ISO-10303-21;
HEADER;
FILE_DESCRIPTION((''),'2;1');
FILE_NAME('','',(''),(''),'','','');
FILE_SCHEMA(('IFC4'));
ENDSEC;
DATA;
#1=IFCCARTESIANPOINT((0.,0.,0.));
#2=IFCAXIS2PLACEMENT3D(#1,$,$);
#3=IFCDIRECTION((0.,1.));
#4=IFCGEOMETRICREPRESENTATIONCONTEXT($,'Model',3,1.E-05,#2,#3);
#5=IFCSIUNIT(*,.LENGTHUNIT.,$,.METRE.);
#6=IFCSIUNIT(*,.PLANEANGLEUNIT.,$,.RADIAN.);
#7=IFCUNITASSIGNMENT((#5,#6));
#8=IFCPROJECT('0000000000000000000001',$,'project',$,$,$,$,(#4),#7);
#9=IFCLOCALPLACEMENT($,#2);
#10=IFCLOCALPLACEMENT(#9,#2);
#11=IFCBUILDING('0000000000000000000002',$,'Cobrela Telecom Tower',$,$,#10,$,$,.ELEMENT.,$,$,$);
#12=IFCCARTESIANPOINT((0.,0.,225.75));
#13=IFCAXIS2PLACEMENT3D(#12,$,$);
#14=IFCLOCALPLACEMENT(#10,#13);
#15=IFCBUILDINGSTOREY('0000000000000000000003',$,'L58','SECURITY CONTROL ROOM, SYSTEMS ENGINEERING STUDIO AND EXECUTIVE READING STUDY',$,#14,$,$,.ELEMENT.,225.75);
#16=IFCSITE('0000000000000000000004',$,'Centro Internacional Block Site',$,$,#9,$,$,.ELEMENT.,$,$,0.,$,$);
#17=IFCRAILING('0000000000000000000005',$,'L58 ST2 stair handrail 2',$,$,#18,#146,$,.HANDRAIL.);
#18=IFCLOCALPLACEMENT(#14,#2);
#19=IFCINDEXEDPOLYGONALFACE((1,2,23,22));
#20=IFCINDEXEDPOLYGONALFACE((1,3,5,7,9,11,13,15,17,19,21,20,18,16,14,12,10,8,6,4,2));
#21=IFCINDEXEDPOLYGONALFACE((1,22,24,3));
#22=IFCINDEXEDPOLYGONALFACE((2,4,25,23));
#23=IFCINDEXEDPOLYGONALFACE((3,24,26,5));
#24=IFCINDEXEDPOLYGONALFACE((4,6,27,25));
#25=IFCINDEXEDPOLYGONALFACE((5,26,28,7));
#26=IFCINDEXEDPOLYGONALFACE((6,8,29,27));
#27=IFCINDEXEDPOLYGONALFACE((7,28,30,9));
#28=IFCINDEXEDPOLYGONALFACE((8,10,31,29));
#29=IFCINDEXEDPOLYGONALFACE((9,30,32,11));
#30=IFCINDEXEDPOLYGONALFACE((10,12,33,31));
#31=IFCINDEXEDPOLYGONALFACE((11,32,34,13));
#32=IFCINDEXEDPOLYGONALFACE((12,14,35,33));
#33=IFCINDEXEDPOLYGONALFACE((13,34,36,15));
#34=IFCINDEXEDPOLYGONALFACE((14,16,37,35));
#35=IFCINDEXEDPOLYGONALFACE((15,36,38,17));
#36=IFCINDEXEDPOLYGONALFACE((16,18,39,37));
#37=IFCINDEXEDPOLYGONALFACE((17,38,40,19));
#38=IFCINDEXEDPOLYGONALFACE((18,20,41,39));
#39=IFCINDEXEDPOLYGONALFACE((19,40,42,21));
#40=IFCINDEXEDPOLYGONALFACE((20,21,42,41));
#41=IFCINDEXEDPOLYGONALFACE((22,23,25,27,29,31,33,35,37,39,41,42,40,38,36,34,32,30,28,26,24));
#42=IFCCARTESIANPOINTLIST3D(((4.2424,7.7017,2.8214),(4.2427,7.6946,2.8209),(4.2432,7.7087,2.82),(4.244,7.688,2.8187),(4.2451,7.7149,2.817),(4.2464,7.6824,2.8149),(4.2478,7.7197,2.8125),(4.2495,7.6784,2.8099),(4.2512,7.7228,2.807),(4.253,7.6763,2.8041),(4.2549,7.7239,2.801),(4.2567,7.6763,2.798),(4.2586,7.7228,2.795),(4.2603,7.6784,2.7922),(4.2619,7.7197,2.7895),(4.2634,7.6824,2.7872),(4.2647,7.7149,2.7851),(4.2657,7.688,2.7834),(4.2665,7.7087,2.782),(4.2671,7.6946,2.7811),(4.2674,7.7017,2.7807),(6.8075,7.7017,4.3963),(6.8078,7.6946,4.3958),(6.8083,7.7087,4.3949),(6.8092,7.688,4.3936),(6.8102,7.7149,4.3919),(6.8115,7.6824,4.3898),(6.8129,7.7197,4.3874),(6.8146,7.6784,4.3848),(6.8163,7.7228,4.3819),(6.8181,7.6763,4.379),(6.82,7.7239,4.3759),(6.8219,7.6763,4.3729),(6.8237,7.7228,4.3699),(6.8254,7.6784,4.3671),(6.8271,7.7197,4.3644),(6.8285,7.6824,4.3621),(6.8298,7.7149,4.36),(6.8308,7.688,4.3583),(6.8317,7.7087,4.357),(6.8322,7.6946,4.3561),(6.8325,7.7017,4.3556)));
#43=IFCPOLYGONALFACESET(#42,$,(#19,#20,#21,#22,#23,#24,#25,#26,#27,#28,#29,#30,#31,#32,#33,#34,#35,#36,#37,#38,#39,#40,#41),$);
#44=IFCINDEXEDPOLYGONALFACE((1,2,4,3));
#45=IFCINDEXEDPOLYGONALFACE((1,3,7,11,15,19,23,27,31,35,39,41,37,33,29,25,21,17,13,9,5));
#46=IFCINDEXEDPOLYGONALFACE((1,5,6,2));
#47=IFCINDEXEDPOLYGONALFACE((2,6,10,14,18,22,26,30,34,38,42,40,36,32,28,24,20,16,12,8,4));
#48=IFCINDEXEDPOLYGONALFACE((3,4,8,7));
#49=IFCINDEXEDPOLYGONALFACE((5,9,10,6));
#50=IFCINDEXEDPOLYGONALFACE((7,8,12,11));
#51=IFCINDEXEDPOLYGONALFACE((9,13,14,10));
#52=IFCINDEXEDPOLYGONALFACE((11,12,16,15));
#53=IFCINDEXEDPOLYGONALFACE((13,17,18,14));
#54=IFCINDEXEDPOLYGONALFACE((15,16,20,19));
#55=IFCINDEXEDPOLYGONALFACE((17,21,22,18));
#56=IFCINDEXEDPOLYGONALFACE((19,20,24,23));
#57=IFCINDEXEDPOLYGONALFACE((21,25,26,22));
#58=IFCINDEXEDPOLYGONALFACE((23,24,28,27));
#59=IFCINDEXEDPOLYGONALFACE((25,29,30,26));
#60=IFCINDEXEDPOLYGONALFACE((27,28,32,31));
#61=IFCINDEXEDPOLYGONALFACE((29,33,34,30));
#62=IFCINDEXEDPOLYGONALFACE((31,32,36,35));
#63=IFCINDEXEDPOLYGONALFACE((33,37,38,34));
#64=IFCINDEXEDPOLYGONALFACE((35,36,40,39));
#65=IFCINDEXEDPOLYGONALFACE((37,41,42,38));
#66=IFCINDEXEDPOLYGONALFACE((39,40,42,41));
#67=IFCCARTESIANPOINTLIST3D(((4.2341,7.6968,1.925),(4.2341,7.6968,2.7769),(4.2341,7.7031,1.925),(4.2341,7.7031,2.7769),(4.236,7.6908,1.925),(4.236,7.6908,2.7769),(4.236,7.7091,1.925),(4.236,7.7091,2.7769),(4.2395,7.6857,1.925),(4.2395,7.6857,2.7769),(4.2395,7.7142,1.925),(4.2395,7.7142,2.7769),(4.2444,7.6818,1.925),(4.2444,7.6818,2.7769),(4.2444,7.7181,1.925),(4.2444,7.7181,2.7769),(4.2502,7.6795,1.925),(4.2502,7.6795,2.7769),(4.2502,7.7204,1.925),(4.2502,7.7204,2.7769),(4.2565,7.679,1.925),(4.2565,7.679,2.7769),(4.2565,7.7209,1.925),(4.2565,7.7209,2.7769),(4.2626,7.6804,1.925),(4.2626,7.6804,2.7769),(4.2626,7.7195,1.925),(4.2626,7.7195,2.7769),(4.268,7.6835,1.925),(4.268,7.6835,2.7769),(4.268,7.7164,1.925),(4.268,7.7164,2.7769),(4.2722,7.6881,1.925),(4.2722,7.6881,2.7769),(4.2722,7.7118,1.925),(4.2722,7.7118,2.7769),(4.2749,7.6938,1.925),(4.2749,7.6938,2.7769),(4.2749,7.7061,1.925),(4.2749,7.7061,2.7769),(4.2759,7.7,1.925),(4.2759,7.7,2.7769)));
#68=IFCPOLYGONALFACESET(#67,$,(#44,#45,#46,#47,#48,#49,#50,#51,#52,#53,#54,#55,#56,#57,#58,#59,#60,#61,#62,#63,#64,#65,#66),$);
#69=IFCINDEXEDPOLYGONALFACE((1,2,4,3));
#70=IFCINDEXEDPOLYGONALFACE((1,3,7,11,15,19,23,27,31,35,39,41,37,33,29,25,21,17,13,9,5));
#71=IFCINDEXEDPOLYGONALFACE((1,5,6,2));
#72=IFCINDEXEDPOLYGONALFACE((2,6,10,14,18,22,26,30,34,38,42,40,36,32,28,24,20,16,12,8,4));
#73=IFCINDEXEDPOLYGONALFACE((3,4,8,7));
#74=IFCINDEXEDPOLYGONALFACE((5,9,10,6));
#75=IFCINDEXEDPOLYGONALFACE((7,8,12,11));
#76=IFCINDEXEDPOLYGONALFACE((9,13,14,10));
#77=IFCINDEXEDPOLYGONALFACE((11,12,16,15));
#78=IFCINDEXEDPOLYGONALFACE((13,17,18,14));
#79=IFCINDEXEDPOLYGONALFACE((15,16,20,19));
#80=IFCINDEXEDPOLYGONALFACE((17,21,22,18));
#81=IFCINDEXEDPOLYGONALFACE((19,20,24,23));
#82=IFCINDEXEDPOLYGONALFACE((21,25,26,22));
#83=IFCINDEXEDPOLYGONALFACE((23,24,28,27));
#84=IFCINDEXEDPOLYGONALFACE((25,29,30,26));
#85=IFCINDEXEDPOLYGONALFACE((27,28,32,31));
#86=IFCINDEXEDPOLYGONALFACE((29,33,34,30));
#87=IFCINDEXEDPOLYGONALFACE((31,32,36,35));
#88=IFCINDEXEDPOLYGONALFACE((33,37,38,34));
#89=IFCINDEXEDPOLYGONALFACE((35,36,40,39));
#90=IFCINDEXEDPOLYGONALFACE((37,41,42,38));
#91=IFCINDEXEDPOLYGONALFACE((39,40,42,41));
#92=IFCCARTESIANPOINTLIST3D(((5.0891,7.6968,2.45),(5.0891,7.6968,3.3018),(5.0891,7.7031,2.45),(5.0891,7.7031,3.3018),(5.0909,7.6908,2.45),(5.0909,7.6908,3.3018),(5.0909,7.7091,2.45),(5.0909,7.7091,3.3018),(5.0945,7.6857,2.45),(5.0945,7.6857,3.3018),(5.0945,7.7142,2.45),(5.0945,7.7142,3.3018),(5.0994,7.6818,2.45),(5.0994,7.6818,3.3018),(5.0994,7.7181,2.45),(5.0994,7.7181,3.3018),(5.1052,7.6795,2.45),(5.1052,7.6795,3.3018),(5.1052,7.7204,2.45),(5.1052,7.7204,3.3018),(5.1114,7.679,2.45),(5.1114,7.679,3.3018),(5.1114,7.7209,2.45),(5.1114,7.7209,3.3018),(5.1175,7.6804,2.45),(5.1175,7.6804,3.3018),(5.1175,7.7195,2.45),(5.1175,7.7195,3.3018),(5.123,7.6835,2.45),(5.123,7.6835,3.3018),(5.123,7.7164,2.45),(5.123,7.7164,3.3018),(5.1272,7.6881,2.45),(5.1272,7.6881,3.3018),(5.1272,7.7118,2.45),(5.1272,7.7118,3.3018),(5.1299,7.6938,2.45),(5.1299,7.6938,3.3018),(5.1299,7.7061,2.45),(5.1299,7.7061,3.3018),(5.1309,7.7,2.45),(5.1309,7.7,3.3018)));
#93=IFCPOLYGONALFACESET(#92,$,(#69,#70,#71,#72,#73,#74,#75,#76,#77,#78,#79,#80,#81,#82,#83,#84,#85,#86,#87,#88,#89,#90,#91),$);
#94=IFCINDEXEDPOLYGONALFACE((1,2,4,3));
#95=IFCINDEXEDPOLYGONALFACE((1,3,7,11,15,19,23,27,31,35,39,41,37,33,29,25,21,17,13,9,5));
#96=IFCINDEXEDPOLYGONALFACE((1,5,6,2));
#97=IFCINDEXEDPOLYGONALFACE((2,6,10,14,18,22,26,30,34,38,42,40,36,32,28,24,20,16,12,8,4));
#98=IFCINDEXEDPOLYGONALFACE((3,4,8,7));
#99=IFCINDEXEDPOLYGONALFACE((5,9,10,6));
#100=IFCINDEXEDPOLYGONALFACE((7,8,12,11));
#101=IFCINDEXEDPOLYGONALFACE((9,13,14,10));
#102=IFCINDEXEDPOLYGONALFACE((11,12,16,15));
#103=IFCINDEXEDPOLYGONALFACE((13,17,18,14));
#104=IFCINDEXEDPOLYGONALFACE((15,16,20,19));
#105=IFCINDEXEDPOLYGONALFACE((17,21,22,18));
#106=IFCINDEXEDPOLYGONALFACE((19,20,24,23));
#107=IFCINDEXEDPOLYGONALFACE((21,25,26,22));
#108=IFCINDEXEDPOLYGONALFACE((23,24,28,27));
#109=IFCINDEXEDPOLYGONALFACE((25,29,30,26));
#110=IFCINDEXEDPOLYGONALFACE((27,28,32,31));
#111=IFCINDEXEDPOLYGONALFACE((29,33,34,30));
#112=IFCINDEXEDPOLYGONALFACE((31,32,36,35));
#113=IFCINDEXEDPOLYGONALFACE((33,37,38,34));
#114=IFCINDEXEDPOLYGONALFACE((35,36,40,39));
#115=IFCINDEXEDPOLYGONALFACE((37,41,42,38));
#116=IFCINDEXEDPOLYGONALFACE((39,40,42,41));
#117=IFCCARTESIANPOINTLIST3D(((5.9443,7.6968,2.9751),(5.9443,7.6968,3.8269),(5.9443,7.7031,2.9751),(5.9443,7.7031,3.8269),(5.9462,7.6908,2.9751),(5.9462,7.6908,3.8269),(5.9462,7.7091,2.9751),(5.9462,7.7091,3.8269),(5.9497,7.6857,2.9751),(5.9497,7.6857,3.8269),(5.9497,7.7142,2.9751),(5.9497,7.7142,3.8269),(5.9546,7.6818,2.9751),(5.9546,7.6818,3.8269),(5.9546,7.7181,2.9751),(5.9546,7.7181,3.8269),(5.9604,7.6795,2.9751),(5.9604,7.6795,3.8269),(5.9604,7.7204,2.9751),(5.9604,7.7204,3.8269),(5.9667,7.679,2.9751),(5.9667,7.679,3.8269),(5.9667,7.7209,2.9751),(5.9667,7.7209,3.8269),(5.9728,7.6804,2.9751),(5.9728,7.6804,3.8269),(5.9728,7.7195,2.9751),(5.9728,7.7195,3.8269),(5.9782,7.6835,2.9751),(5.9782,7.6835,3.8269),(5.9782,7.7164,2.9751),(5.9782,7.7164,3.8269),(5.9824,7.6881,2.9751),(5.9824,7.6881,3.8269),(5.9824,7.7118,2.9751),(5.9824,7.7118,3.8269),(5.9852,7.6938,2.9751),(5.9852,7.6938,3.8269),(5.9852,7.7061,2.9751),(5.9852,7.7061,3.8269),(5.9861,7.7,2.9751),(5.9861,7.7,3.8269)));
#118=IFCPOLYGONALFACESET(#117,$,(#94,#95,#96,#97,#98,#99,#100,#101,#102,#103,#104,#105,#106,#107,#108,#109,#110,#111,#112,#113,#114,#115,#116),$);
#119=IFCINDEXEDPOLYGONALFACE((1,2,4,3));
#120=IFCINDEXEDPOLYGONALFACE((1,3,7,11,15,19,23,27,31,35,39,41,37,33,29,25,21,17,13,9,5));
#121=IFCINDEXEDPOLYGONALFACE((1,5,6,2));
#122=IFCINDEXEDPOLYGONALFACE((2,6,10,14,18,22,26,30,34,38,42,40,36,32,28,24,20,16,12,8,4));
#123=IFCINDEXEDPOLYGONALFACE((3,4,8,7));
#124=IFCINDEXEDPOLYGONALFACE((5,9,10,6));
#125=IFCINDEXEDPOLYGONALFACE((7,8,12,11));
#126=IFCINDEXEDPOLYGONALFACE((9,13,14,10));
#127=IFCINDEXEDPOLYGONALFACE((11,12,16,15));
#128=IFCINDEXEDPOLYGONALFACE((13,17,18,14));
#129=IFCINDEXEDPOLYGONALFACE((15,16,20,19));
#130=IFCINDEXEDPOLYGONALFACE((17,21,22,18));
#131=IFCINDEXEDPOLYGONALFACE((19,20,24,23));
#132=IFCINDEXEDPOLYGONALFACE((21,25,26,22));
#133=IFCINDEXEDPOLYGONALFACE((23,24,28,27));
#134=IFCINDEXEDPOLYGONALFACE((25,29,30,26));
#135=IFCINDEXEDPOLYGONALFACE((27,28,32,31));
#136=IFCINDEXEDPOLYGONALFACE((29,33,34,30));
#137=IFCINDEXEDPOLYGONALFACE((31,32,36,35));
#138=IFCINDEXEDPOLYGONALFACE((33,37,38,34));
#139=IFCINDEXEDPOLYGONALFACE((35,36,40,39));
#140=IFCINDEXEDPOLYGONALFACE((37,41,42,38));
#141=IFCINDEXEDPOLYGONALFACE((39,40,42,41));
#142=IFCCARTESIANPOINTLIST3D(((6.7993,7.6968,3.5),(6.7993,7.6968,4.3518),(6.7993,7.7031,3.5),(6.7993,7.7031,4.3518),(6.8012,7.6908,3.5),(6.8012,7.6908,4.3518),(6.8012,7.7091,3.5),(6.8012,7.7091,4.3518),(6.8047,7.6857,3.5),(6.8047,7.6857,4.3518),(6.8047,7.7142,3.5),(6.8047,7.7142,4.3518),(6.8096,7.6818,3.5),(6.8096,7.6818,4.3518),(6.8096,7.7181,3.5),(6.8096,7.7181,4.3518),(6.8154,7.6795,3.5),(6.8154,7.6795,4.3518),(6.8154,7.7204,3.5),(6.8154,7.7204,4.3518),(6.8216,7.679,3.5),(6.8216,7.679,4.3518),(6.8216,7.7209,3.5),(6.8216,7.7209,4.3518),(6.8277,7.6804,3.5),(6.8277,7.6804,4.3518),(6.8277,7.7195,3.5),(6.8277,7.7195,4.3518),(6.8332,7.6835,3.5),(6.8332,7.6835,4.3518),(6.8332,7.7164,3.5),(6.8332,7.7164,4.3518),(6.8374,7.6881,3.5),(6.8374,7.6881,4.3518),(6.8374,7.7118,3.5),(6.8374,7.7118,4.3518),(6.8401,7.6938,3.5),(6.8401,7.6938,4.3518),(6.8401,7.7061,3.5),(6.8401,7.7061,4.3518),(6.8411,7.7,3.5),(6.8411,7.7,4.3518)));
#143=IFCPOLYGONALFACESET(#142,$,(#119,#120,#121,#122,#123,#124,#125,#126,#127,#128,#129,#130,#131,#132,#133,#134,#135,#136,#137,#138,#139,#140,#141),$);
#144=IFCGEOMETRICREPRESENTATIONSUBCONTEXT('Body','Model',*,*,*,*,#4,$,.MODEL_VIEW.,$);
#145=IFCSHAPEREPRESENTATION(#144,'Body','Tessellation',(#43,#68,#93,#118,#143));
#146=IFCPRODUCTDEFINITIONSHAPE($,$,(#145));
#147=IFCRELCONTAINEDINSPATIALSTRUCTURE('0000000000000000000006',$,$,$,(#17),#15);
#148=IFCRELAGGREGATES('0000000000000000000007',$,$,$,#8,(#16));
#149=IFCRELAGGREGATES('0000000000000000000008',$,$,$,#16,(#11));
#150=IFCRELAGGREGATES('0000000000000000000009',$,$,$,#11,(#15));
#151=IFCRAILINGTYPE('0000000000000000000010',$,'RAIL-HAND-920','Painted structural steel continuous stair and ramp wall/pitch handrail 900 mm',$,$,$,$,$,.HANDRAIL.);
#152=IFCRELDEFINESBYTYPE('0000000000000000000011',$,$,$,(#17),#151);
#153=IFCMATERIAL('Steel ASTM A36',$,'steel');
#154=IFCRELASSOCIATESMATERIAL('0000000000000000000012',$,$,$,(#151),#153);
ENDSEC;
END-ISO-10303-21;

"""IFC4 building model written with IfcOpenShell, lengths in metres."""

from ifc_helpers import new_model, si_unit, direction, frame, origin, origin_2d, place, context, subcontext, project, spatial, circle, extrude, material, type_object, element, save


model = new_model("IFC4")

# Units and contexts
model_context = context("Model", 3, precision=1e-05, world=origin(), true_north=direction((0.0, 1.0)))
body_context = subcontext(model_context, "Body", "Model", "MODEL_VIEW")
ifc_project = project(units=[si_unit("LENGTHUNIT", "METRE"), si_unit("PLANEANGLEUNIT", "RADIAN")], contexts=[model_context])

# Site, building, storey
site_placement = place(None, origin())
site = spatial("IfcSite", under=ifc_project, at=site_placement, Name="Centro Internacional Block Site", CompositionType="ELEMENT", RefElevation=0.0)
building_placement = place(site_placement, origin())
building = spatial("IfcBuilding", under=site, at=building_placement, Name="Cobrela Telecom Tower", CompositionType="ELEMENT")
storey_placement = place(building_placement, frame((0.0, 0.0, 225.75)))
storey = spatial("IfcBuildingStorey", under=building, at=storey_placement, Name="L58", Description="SECURITY CONTROL ROOM, SYSTEMS ENGINEERING STUDIO AND EXECUTIVE READING STUDY", CompositionType="ELEMENT", Elevation=225.75)

# Railing
ifc_material_1 = material(Name="Steel ASTM A36", Category="steel")
railing_type = type_object("IfcRailingType", Name="RAIL-HAND-920", Description="Painted structural steel continuous stair and ramp wall/pitch handrail 900 mm", PredefinedType="HANDRAIL", material=ifc_material_1)
railing_placement = place(storey_placement, frame((4.2549, 7.7, 1.925)))
element("IfcRailing", 1, at=railing_placement, inside=storey, type_object=railing_type, Name="L58 ST2 stair handrail 2", PredefinedType="HANDRAIL", context=body_context, shape_type="SweptSolid", body=[
    extrude(circle(Radius=0.0239, at=origin_2d()), frame((0.0, 0.0, 0.876), z_axis=(0.852195, 0.0, 0.523224), x_axis=(0.0, 1.0, 0.0)), (0.0, 0.0, 1.0), 3.01),
    extrude(circle(Radius=0.021, at=origin_2d()), origin(), (0.0, 0.0, 1.0), 0.8518),
    extrude(circle(Radius=0.021, at=origin_2d()), frame((0.855, 0.0, 0.5249)), (0.0, 0.0, 1.0), 0.8518),
    extrude(circle(Radius=0.021, at=origin_2d()), frame((1.7102, 0.0, 1.05)), (0.0, 0.0, 1.0), 0.8518),
    extrude(circle(Radius=0.021, at=origin_2d()), frame((2.5652, 0.0, 1.575)), (0.0, 0.0, 1.0), 0.8518),
])

save(model, "model.ifc")
